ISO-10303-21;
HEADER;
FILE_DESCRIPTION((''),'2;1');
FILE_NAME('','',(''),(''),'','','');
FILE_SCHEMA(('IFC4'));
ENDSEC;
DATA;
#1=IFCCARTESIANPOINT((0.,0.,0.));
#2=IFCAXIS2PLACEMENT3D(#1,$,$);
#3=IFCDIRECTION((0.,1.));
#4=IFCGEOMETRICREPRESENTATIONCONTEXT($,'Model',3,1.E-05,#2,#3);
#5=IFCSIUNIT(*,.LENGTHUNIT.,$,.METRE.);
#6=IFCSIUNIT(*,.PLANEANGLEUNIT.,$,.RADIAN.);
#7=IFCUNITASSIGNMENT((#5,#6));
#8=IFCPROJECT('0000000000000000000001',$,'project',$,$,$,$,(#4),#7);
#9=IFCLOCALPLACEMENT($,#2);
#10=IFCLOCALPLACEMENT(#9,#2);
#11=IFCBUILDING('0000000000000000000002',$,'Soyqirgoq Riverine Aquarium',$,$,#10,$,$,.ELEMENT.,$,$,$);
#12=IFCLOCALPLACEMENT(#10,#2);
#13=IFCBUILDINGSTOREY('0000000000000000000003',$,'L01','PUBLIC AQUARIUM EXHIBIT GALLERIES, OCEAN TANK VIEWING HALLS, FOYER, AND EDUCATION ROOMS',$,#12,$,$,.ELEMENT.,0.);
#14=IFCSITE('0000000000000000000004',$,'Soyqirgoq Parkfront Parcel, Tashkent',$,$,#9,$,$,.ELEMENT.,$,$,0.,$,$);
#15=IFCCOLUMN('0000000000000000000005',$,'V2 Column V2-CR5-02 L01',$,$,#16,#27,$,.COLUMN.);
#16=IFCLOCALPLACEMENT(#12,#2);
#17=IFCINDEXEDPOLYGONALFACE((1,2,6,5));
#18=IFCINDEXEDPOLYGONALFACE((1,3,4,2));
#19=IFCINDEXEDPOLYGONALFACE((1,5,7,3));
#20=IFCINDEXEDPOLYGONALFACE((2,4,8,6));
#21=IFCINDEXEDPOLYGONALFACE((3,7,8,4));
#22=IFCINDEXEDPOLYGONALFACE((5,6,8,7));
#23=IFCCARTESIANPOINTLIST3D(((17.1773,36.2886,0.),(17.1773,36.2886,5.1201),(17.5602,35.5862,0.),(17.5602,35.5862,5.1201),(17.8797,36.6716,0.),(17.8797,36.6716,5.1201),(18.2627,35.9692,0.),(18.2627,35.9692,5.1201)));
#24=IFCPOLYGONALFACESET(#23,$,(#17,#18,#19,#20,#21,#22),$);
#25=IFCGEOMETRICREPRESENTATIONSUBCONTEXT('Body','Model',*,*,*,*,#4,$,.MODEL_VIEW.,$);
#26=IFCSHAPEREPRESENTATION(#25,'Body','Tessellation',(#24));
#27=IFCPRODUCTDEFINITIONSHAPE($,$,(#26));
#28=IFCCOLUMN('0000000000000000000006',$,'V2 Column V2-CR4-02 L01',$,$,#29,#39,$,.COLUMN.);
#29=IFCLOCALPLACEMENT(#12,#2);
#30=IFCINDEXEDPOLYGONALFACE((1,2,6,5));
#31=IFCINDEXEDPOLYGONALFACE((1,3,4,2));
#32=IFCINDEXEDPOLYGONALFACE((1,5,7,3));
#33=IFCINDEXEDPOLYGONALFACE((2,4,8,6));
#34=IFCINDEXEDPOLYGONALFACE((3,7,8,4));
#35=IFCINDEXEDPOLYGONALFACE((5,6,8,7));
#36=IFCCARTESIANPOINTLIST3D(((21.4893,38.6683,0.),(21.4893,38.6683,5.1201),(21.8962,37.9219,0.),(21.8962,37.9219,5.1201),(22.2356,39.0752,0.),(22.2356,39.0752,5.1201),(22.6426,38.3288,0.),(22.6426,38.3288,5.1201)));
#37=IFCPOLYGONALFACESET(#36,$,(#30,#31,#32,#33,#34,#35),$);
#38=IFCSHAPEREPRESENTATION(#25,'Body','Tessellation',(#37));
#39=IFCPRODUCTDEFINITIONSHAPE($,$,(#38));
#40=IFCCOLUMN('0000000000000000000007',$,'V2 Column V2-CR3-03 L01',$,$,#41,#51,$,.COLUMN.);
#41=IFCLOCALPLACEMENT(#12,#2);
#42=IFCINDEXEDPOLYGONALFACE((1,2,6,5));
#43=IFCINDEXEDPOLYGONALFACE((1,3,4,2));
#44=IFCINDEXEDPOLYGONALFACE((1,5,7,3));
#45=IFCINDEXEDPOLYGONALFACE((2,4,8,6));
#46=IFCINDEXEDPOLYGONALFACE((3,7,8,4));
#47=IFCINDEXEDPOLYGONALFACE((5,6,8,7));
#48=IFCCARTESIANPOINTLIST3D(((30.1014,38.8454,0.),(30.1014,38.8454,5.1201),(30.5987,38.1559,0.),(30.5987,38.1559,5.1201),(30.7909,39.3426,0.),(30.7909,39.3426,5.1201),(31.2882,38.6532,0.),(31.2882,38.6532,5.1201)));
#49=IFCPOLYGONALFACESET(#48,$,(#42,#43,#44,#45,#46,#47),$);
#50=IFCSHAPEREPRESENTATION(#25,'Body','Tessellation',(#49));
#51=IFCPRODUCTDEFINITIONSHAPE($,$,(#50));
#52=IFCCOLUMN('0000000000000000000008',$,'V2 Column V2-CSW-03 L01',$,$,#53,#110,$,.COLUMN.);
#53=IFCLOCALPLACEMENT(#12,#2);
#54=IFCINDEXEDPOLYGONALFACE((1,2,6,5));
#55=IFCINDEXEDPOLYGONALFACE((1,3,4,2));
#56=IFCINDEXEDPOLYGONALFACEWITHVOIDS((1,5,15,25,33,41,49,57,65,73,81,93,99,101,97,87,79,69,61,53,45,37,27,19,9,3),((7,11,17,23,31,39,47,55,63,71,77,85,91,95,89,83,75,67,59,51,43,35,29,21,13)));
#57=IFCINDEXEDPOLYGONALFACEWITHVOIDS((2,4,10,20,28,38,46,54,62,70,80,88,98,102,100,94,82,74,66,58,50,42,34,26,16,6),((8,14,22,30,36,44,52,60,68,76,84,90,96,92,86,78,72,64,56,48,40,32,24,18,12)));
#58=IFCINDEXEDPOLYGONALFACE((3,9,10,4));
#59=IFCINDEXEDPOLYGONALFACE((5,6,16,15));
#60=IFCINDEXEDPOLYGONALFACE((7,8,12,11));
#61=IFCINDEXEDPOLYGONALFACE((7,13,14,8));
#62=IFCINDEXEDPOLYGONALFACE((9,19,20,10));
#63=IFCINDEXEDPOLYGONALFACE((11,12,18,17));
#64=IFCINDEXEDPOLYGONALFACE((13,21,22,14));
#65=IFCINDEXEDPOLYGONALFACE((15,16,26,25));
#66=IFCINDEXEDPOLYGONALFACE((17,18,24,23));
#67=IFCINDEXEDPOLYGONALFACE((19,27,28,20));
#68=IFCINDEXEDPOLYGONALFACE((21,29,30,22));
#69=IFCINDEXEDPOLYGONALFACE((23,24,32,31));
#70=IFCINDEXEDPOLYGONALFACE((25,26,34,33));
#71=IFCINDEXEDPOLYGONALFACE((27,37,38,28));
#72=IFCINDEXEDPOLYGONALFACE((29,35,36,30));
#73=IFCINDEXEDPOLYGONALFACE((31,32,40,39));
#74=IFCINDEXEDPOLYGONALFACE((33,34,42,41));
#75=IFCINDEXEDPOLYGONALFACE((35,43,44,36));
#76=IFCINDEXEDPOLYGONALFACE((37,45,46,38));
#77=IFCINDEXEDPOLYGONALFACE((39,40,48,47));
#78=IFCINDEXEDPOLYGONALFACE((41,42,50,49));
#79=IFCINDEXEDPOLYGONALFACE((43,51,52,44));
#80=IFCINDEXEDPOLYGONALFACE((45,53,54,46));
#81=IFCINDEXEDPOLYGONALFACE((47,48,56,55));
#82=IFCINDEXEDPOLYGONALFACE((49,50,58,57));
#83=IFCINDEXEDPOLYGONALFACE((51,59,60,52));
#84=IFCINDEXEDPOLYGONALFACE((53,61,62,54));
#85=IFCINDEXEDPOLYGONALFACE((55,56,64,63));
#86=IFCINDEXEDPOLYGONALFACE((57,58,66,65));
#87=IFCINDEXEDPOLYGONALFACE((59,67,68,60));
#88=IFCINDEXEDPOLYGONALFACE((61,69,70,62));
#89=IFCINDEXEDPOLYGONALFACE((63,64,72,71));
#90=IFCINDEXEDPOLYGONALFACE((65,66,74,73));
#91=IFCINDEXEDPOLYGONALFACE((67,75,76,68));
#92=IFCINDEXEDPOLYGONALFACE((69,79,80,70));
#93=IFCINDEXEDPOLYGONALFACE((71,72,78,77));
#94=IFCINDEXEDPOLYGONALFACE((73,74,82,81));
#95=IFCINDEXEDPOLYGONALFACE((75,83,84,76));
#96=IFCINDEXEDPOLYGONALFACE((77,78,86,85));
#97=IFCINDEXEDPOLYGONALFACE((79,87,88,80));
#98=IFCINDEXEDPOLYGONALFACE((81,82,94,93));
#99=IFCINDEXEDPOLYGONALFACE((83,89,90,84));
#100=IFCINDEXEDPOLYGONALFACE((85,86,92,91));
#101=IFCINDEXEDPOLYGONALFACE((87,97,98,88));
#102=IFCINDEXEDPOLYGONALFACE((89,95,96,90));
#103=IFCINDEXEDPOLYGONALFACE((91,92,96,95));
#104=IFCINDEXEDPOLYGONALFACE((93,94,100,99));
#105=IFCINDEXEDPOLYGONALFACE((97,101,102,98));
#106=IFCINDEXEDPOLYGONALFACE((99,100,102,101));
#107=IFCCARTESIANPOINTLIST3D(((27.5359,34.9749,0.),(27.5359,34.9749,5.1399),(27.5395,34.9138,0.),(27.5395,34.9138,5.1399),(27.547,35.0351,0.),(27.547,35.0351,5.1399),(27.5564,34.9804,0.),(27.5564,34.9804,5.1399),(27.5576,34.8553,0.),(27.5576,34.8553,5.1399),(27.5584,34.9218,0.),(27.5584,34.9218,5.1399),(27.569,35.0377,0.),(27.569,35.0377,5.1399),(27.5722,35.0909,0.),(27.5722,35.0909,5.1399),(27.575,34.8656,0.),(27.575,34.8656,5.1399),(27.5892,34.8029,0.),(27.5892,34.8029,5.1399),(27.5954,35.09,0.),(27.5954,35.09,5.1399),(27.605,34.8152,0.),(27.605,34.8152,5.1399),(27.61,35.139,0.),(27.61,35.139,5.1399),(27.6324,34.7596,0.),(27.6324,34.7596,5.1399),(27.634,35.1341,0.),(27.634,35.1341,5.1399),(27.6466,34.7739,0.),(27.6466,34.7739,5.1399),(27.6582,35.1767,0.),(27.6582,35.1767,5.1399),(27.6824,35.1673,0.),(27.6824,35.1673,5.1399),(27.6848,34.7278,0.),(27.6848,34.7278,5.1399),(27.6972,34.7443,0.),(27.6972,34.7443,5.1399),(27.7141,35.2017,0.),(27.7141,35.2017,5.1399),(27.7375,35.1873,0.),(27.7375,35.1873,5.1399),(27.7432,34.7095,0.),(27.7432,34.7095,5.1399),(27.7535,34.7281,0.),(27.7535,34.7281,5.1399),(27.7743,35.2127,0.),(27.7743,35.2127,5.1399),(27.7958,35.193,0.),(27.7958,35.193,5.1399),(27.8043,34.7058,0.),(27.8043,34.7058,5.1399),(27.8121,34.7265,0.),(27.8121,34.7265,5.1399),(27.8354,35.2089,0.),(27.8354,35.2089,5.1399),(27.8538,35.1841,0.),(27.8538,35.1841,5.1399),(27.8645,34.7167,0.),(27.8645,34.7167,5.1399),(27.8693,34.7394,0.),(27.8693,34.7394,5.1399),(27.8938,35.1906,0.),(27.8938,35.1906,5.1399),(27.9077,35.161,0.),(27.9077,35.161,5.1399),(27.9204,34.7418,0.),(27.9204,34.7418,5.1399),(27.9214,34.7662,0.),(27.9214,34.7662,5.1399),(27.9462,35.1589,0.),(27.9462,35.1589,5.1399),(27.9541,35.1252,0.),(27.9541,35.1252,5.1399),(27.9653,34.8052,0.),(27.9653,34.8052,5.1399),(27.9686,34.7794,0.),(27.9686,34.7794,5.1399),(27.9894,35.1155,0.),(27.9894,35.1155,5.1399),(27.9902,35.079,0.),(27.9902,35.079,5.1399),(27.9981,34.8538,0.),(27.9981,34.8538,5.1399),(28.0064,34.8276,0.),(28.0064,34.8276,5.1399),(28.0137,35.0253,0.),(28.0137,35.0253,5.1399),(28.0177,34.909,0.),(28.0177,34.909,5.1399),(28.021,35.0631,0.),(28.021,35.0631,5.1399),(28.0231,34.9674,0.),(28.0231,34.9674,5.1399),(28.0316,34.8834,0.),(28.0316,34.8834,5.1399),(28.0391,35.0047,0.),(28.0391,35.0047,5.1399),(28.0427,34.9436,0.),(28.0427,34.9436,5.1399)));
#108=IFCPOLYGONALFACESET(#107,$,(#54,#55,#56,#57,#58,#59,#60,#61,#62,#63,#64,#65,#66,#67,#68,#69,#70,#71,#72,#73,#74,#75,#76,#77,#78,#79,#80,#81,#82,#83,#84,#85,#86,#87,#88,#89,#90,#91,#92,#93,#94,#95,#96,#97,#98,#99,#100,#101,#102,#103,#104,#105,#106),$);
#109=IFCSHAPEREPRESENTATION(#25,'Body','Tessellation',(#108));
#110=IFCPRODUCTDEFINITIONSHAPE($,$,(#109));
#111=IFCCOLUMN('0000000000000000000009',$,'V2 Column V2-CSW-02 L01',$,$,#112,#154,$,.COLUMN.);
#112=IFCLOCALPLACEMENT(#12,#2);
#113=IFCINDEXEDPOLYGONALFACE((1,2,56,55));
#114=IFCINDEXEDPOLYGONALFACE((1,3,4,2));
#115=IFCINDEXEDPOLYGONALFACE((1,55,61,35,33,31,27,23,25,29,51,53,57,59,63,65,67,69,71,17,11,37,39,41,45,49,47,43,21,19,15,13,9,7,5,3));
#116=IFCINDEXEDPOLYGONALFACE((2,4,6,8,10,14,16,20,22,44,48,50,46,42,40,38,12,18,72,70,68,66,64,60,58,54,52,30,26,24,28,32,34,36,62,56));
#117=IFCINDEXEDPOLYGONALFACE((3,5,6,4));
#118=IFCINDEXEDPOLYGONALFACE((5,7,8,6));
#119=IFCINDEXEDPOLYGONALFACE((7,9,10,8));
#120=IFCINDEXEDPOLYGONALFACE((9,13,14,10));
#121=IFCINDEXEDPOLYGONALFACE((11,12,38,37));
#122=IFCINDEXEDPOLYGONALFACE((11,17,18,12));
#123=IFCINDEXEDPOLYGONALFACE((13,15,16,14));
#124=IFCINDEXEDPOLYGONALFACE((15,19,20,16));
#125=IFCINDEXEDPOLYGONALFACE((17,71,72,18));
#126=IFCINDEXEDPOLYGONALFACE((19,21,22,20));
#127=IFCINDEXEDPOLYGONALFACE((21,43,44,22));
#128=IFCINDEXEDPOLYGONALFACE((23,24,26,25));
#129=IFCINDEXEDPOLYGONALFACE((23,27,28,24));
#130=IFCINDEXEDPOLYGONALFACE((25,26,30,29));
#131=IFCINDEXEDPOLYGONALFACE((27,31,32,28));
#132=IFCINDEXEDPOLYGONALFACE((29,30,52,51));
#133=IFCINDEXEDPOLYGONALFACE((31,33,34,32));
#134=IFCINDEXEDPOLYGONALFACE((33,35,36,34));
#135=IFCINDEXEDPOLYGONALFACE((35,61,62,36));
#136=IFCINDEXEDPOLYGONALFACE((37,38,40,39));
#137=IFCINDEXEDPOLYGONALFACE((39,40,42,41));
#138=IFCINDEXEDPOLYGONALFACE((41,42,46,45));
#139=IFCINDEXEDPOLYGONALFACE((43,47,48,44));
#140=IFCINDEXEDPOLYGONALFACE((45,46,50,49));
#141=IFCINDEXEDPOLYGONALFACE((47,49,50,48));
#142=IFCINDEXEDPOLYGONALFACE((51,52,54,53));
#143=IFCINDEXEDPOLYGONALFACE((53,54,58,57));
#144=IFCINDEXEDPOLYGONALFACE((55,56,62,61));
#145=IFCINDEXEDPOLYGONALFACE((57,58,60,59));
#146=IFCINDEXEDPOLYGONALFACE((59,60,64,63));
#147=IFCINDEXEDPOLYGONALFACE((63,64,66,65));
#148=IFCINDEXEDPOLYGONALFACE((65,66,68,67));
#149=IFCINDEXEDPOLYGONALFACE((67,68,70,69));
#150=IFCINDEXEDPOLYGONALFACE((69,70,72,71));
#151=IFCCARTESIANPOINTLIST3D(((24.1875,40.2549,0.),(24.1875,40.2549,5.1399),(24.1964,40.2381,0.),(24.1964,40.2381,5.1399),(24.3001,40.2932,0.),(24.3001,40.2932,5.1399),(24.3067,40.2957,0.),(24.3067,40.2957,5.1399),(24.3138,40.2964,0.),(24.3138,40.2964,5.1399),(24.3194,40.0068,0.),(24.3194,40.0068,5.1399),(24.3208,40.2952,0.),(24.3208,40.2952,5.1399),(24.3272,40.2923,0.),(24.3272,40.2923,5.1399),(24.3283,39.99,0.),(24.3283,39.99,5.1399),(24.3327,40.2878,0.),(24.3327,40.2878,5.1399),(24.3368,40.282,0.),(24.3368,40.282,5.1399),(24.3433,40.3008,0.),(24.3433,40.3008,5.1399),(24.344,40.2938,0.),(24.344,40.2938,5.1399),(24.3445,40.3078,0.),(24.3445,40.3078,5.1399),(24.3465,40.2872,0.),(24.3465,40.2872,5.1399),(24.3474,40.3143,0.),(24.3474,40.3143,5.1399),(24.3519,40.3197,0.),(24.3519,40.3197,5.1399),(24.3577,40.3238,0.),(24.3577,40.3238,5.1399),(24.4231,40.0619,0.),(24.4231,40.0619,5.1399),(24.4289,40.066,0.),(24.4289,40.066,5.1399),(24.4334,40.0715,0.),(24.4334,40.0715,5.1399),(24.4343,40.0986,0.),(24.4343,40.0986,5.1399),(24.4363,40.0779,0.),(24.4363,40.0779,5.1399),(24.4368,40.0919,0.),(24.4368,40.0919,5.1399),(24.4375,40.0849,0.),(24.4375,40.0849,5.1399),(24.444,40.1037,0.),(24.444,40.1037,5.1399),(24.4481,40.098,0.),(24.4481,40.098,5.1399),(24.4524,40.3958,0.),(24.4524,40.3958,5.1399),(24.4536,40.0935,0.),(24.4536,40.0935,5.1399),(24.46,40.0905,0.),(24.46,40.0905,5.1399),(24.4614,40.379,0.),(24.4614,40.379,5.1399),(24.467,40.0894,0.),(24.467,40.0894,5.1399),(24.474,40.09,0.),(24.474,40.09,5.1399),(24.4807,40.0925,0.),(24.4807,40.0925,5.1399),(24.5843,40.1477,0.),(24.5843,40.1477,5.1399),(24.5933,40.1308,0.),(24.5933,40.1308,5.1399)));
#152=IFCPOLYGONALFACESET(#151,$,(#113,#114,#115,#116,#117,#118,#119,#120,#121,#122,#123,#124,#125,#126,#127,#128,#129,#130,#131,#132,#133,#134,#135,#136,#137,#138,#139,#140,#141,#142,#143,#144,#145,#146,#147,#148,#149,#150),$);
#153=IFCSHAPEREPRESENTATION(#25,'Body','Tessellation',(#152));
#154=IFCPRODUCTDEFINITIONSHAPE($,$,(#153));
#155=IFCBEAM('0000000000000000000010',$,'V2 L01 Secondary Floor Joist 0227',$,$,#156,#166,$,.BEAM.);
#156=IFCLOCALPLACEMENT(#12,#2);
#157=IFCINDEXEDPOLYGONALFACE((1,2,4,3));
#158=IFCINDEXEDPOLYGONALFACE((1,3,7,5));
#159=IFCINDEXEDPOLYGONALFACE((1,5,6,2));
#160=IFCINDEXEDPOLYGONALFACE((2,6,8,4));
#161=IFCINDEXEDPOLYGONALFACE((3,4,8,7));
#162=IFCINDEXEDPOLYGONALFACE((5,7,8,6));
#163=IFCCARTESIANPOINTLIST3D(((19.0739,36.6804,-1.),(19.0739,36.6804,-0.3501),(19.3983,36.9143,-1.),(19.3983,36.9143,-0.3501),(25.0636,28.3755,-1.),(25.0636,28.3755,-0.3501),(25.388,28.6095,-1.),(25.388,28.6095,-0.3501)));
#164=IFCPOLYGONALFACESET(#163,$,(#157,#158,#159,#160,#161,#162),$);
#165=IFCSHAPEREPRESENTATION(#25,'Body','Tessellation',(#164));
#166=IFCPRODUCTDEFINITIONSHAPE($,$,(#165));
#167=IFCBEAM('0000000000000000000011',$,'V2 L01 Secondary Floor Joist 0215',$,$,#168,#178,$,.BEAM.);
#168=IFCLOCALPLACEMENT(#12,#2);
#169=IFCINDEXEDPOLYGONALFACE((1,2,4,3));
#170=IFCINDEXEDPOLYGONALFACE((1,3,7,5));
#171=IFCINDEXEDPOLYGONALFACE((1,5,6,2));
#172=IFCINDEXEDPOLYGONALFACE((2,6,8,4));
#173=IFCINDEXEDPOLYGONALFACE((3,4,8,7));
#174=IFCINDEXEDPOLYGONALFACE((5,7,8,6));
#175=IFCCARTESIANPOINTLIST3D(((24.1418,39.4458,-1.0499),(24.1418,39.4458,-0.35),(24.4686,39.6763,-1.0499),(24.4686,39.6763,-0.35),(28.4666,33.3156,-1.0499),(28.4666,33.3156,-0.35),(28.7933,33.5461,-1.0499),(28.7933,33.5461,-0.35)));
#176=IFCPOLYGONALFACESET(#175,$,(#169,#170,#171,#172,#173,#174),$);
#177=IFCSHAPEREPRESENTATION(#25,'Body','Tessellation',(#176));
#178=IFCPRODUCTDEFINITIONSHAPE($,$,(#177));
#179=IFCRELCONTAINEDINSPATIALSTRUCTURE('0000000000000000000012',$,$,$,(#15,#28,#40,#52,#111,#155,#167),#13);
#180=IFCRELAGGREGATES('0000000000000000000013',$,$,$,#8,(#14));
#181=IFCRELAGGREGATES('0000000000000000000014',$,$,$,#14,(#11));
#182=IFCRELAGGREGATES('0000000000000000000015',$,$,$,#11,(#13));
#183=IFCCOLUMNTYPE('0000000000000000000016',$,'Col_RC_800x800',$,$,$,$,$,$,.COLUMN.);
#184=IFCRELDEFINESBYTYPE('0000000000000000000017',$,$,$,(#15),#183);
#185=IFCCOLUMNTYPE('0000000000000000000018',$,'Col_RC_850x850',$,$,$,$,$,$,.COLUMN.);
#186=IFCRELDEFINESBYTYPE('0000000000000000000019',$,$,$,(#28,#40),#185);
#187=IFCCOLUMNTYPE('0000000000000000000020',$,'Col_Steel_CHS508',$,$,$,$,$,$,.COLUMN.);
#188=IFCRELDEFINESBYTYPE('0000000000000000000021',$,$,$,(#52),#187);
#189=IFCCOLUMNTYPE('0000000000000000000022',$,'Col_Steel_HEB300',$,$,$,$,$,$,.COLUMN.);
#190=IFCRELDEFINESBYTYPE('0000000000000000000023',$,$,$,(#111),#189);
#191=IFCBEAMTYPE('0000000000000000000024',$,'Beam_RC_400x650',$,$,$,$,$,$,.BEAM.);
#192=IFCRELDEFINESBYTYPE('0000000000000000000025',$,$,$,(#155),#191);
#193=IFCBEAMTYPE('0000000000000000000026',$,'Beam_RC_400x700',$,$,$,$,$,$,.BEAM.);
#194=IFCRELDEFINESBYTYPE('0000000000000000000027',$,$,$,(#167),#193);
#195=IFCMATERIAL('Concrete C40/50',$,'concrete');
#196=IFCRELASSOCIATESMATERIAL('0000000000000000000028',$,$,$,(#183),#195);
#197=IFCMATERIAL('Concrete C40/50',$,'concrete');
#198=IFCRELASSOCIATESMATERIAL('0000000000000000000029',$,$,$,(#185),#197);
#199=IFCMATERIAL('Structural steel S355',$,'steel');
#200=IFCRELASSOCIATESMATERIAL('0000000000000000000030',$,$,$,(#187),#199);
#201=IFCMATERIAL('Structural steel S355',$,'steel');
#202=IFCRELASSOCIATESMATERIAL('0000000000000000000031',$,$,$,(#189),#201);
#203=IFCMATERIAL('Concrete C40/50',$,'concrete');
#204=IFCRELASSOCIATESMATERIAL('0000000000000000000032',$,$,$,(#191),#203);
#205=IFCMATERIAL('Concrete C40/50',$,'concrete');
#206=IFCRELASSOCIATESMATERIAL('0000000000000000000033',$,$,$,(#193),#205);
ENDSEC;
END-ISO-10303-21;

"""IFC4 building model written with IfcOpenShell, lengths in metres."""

from ifc_helpers import new_model, si_unit, direction, frame, origin, origin_2d, place, context, subcontext, project, spatial, rectangle, hollow_circle, i_section, extrude, material, material_profile, profile_set, type_object, element, save


model = new_model("IFC4")

# Units and contexts
model_context = context("Model", 3, precision=1e-05, world=origin(), true_north=direction((0.0, 1.0)))
body_context = subcontext(model_context, "Body", "Model", "MODEL_VIEW")
ifc_project = project(units=[si_unit("LENGTHUNIT", "METRE"), si_unit("PLANEANGLEUNIT", "RADIAN")], contexts=[model_context])

# Site, building, storey
site_placement = place(None, origin())
site = spatial("IfcSite", under=ifc_project, at=site_placement, Name="Soyqirgoq Parkfront Parcel, Tashkent", CompositionType="ELEMENT", RefElevation=0.0)
building_placement = place(site_placement, origin())
building = spatial("IfcBuilding", under=site, at=building_placement, Name="Soyqirgoq Riverine Aquarium", CompositionType="ELEMENT")
storey_placement = place(building_placement, origin())
storey = spatial("IfcBuildingStorey", under=building, at=storey_placement, Name="L01", Description="PUBLIC AQUARIUM EXHIBIT GALLERIES, OCEAN TANK VIEWING HALLS, FOYER, AND EDUCATION ROOMS", CompositionType="ELEMENT", Elevation=0.0)

# Columns
ifc_material_1 = material(Name="Concrete C40/50", Category="concrete")
ifc_material_profile_1 = material_profile(ifc_material_1, rectangle(XDim=0.8, YDim=0.8, at=origin_2d()), Name="RC 800x800")
ifc_profile_set_1 = profile_set([ifc_material_profile_1], Name="Concrete C40/50")
column_type_1 = type_object("IfcColumnType", Name="Col_RC_800x800", PredefinedType="COLUMN", material=ifc_profile_set_1)
column_1_placement = place(storey_placement, frame((17.72, 36.1289, 0.0), z_axis=(0.0, 0.0, 1.0), x_axis=(-0.877983, -0.478692, 0.0)))
element("IfcColumn", 1, at=column_1_placement, inside=storey, type_object=column_type_1, Name="V2 Column V2-CR5-02 L01", PredefinedType="COLUMN", context=body_context, shape_type="SweptSolid", body=[
    extrude(rectangle(XDim=0.8, YDim=0.8, at=origin_2d()), origin(), (0.0, 0.0, 1.0), 5.1201),
])
ifc_material_2 = material(Name="Concrete C40/50", Category="concrete")
ifc_material_profile_2 = material_profile(ifc_material_2, rectangle(XDim=0.8501, YDim=0.8501, at=origin_2d()), Name="RC 850x850")
ifc_profile_set_2 = profile_set([ifc_material_profile_2], Name="Concrete C40/50")
column_type_2 = type_object("IfcColumnType", Name="Col_RC_850x850", PredefinedType="COLUMN", material=ifc_profile_set_2)
for number, where, z_axis, x_axis, name in (
    (2, (22.0659, 38.4985, 0.0), (0.0, 0.0, 1.0), (-0.877983, -0.478692, 0.0), "V2 Column V2-CR4-02 L01"),
    (3, (30.6948, 38.7493, 0.0), (0.0, 0.0, 1.0), (-0.811064, -0.584958, 0.0), "V2 Column V2-CR3-03 L01"),
):
    element("IfcColumn", number, at=place(storey_placement, frame(where, z_axis=z_axis, x_axis=x_axis)), inside=storey, type_object=column_type_2, Name=name, PredefinedType="COLUMN", context=body_context, shape_type="SweptSolid", body=[
        extrude(rectangle(XDim=0.8501, YDim=0.8501, at=origin_2d()), origin(), (0.0, 0.0, 1.0), 5.1201),
    ])
ifc_material_3 = material(Name="Structural steel S355", Category="steel")
ifc_material_profile_3 = material_profile(ifc_material_3, hollow_circle(Radius=0.2539, WallThickness=0.02, at=origin_2d()), Name="CHS 508x20")
ifc_profile_set_3 = profile_set([ifc_material_profile_3], Name="Structural steel S355")
column_type_3 = type_object("IfcColumnType", Name="Col_Steel_CHS508", PredefinedType="COLUMN", material=ifc_profile_set_3)
column_2_placement = place(storey_placement, frame((27.7893, 34.9592, 0.0), z_axis=(0.0, 0.0, 1.0), x_axis=(-0.788011, -0.615661, 0.0)))
element("IfcColumn", 4, at=column_2_placement, inside=storey, type_object=column_type_3, Name="V2 Column V2-CSW-03 L01", PredefinedType="COLUMN", context=body_context, shape_type="SweptSolid", body=[
    extrude(hollow_circle(Radius=0.2539, WallThickness=0.02, at=origin_2d()), origin(), (0.0, 0.0, 1.0), 5.1399),
])
ifc_material_4 = material(Name="Structural steel S355", Category="steel")
ifc_material_profile_4 = material_profile(ifc_material_4, i_section(OverallWidth=0.3, OverallDepth=0.3, WebThickness=0.011, FlangeThickness=0.019, FilletRadius=0.0271, at=origin_2d()), Name="HEB 300")
ifc_profile_set_4 = profile_set([ifc_material_profile_4], Name="Structural steel S355")
column_type_4 = type_object("IfcColumnType", Name="Col_Steel_HEB300", PredefinedType="COLUMN", material=ifc_profile_set_4)
column_3_placement = place(storey_placement, frame((24.3904, 40.1929, 0.0), z_axis=(0.0, 0.0, 1.0), x_axis=(-0.882948, -0.469472, 0.0)))
element("IfcColumn", 5, at=column_3_placement, inside=storey, type_object=column_type_4, Name="V2 Column V2-CSW-02 L01", PredefinedType="COLUMN", context=body_context, shape_type="SweptSolid", body=[
    extrude(i_section(OverallWidth=0.3, OverallDepth=0.3, WebThickness=0.011, FlangeThickness=0.019, FilletRadius=0.0271, at=origin_2d()), origin(), (0.0, 0.0, 1.0), 5.1399),
])

# Beams
ifc_material_5 = material(Name="Concrete C40/50", Category="concrete")
ifc_material_profile_5 = material_profile(ifc_material_5, rectangle(XDim=0.3999, YDim=0.6499, at=origin_2d()), Name="RC 400x650")
ifc_profile_set_5 = profile_set([ifc_material_profile_5], Name="Concrete C40/50")
beam_type_1 = type_object("IfcBeamType", Name="Beam_RC_400x650", PredefinedType="BEAM", material=ifc_profile_set_5)
beam_1_placement = place(storey_placement, frame((19.2361, 36.7974, -0.675), z_axis=(0.58496, -0.811062, 0.0), x_axis=(0.811062, 0.58496, 0.0)))
element("IfcBeam", 6, at=beam_1_placement, inside=storey, type_object=beam_type_1, Name="V2 L01 Secondary Floor Joist 0227", PredefinedType="BEAM", context=body_context, shape_type="SweptSolid", body=[
    extrude(rectangle(XDim=0.3999, YDim=0.6499, at=origin_2d()), origin(), (0.0, 0.0, 1.0), 10.2395),
])
ifc_material_6 = material(Name="Concrete C40/50", Category="concrete")
ifc_material_profile_6 = material_profile(ifc_material_6, rectangle(XDim=0.3999, YDim=0.7, at=origin_2d()), Name="RC 400x700")
ifc_profile_set_6 = profile_set([ifc_material_profile_6], Name="Concrete C40/50")
beam_type_2 = type_object("IfcBeamType", Name="Beam_RC_400x700", PredefinedType="BEAM", material=ifc_profile_set_6)
beam_2_placement = place(storey_placement, frame((24.3052, 39.561, -0.7), z_axis=(0.576466, -0.817121, 0.0), x_axis=(0.817121, 0.576466, 0.0)))
element("IfcBeam", 7, at=beam_2_placement, inside=storey, type_object=beam_type_2, Name="V2 L01 Secondary Floor Joist 0215", PredefinedType="BEAM", context=body_context, shape_type="SweptSolid", body=[
    extrude(rectangle(XDim=0.3999, YDim=0.7, at=origin_2d()), origin(), (0.0, 0.0, 1.0), 7.5022),
])

save(model, "model.ifc")
